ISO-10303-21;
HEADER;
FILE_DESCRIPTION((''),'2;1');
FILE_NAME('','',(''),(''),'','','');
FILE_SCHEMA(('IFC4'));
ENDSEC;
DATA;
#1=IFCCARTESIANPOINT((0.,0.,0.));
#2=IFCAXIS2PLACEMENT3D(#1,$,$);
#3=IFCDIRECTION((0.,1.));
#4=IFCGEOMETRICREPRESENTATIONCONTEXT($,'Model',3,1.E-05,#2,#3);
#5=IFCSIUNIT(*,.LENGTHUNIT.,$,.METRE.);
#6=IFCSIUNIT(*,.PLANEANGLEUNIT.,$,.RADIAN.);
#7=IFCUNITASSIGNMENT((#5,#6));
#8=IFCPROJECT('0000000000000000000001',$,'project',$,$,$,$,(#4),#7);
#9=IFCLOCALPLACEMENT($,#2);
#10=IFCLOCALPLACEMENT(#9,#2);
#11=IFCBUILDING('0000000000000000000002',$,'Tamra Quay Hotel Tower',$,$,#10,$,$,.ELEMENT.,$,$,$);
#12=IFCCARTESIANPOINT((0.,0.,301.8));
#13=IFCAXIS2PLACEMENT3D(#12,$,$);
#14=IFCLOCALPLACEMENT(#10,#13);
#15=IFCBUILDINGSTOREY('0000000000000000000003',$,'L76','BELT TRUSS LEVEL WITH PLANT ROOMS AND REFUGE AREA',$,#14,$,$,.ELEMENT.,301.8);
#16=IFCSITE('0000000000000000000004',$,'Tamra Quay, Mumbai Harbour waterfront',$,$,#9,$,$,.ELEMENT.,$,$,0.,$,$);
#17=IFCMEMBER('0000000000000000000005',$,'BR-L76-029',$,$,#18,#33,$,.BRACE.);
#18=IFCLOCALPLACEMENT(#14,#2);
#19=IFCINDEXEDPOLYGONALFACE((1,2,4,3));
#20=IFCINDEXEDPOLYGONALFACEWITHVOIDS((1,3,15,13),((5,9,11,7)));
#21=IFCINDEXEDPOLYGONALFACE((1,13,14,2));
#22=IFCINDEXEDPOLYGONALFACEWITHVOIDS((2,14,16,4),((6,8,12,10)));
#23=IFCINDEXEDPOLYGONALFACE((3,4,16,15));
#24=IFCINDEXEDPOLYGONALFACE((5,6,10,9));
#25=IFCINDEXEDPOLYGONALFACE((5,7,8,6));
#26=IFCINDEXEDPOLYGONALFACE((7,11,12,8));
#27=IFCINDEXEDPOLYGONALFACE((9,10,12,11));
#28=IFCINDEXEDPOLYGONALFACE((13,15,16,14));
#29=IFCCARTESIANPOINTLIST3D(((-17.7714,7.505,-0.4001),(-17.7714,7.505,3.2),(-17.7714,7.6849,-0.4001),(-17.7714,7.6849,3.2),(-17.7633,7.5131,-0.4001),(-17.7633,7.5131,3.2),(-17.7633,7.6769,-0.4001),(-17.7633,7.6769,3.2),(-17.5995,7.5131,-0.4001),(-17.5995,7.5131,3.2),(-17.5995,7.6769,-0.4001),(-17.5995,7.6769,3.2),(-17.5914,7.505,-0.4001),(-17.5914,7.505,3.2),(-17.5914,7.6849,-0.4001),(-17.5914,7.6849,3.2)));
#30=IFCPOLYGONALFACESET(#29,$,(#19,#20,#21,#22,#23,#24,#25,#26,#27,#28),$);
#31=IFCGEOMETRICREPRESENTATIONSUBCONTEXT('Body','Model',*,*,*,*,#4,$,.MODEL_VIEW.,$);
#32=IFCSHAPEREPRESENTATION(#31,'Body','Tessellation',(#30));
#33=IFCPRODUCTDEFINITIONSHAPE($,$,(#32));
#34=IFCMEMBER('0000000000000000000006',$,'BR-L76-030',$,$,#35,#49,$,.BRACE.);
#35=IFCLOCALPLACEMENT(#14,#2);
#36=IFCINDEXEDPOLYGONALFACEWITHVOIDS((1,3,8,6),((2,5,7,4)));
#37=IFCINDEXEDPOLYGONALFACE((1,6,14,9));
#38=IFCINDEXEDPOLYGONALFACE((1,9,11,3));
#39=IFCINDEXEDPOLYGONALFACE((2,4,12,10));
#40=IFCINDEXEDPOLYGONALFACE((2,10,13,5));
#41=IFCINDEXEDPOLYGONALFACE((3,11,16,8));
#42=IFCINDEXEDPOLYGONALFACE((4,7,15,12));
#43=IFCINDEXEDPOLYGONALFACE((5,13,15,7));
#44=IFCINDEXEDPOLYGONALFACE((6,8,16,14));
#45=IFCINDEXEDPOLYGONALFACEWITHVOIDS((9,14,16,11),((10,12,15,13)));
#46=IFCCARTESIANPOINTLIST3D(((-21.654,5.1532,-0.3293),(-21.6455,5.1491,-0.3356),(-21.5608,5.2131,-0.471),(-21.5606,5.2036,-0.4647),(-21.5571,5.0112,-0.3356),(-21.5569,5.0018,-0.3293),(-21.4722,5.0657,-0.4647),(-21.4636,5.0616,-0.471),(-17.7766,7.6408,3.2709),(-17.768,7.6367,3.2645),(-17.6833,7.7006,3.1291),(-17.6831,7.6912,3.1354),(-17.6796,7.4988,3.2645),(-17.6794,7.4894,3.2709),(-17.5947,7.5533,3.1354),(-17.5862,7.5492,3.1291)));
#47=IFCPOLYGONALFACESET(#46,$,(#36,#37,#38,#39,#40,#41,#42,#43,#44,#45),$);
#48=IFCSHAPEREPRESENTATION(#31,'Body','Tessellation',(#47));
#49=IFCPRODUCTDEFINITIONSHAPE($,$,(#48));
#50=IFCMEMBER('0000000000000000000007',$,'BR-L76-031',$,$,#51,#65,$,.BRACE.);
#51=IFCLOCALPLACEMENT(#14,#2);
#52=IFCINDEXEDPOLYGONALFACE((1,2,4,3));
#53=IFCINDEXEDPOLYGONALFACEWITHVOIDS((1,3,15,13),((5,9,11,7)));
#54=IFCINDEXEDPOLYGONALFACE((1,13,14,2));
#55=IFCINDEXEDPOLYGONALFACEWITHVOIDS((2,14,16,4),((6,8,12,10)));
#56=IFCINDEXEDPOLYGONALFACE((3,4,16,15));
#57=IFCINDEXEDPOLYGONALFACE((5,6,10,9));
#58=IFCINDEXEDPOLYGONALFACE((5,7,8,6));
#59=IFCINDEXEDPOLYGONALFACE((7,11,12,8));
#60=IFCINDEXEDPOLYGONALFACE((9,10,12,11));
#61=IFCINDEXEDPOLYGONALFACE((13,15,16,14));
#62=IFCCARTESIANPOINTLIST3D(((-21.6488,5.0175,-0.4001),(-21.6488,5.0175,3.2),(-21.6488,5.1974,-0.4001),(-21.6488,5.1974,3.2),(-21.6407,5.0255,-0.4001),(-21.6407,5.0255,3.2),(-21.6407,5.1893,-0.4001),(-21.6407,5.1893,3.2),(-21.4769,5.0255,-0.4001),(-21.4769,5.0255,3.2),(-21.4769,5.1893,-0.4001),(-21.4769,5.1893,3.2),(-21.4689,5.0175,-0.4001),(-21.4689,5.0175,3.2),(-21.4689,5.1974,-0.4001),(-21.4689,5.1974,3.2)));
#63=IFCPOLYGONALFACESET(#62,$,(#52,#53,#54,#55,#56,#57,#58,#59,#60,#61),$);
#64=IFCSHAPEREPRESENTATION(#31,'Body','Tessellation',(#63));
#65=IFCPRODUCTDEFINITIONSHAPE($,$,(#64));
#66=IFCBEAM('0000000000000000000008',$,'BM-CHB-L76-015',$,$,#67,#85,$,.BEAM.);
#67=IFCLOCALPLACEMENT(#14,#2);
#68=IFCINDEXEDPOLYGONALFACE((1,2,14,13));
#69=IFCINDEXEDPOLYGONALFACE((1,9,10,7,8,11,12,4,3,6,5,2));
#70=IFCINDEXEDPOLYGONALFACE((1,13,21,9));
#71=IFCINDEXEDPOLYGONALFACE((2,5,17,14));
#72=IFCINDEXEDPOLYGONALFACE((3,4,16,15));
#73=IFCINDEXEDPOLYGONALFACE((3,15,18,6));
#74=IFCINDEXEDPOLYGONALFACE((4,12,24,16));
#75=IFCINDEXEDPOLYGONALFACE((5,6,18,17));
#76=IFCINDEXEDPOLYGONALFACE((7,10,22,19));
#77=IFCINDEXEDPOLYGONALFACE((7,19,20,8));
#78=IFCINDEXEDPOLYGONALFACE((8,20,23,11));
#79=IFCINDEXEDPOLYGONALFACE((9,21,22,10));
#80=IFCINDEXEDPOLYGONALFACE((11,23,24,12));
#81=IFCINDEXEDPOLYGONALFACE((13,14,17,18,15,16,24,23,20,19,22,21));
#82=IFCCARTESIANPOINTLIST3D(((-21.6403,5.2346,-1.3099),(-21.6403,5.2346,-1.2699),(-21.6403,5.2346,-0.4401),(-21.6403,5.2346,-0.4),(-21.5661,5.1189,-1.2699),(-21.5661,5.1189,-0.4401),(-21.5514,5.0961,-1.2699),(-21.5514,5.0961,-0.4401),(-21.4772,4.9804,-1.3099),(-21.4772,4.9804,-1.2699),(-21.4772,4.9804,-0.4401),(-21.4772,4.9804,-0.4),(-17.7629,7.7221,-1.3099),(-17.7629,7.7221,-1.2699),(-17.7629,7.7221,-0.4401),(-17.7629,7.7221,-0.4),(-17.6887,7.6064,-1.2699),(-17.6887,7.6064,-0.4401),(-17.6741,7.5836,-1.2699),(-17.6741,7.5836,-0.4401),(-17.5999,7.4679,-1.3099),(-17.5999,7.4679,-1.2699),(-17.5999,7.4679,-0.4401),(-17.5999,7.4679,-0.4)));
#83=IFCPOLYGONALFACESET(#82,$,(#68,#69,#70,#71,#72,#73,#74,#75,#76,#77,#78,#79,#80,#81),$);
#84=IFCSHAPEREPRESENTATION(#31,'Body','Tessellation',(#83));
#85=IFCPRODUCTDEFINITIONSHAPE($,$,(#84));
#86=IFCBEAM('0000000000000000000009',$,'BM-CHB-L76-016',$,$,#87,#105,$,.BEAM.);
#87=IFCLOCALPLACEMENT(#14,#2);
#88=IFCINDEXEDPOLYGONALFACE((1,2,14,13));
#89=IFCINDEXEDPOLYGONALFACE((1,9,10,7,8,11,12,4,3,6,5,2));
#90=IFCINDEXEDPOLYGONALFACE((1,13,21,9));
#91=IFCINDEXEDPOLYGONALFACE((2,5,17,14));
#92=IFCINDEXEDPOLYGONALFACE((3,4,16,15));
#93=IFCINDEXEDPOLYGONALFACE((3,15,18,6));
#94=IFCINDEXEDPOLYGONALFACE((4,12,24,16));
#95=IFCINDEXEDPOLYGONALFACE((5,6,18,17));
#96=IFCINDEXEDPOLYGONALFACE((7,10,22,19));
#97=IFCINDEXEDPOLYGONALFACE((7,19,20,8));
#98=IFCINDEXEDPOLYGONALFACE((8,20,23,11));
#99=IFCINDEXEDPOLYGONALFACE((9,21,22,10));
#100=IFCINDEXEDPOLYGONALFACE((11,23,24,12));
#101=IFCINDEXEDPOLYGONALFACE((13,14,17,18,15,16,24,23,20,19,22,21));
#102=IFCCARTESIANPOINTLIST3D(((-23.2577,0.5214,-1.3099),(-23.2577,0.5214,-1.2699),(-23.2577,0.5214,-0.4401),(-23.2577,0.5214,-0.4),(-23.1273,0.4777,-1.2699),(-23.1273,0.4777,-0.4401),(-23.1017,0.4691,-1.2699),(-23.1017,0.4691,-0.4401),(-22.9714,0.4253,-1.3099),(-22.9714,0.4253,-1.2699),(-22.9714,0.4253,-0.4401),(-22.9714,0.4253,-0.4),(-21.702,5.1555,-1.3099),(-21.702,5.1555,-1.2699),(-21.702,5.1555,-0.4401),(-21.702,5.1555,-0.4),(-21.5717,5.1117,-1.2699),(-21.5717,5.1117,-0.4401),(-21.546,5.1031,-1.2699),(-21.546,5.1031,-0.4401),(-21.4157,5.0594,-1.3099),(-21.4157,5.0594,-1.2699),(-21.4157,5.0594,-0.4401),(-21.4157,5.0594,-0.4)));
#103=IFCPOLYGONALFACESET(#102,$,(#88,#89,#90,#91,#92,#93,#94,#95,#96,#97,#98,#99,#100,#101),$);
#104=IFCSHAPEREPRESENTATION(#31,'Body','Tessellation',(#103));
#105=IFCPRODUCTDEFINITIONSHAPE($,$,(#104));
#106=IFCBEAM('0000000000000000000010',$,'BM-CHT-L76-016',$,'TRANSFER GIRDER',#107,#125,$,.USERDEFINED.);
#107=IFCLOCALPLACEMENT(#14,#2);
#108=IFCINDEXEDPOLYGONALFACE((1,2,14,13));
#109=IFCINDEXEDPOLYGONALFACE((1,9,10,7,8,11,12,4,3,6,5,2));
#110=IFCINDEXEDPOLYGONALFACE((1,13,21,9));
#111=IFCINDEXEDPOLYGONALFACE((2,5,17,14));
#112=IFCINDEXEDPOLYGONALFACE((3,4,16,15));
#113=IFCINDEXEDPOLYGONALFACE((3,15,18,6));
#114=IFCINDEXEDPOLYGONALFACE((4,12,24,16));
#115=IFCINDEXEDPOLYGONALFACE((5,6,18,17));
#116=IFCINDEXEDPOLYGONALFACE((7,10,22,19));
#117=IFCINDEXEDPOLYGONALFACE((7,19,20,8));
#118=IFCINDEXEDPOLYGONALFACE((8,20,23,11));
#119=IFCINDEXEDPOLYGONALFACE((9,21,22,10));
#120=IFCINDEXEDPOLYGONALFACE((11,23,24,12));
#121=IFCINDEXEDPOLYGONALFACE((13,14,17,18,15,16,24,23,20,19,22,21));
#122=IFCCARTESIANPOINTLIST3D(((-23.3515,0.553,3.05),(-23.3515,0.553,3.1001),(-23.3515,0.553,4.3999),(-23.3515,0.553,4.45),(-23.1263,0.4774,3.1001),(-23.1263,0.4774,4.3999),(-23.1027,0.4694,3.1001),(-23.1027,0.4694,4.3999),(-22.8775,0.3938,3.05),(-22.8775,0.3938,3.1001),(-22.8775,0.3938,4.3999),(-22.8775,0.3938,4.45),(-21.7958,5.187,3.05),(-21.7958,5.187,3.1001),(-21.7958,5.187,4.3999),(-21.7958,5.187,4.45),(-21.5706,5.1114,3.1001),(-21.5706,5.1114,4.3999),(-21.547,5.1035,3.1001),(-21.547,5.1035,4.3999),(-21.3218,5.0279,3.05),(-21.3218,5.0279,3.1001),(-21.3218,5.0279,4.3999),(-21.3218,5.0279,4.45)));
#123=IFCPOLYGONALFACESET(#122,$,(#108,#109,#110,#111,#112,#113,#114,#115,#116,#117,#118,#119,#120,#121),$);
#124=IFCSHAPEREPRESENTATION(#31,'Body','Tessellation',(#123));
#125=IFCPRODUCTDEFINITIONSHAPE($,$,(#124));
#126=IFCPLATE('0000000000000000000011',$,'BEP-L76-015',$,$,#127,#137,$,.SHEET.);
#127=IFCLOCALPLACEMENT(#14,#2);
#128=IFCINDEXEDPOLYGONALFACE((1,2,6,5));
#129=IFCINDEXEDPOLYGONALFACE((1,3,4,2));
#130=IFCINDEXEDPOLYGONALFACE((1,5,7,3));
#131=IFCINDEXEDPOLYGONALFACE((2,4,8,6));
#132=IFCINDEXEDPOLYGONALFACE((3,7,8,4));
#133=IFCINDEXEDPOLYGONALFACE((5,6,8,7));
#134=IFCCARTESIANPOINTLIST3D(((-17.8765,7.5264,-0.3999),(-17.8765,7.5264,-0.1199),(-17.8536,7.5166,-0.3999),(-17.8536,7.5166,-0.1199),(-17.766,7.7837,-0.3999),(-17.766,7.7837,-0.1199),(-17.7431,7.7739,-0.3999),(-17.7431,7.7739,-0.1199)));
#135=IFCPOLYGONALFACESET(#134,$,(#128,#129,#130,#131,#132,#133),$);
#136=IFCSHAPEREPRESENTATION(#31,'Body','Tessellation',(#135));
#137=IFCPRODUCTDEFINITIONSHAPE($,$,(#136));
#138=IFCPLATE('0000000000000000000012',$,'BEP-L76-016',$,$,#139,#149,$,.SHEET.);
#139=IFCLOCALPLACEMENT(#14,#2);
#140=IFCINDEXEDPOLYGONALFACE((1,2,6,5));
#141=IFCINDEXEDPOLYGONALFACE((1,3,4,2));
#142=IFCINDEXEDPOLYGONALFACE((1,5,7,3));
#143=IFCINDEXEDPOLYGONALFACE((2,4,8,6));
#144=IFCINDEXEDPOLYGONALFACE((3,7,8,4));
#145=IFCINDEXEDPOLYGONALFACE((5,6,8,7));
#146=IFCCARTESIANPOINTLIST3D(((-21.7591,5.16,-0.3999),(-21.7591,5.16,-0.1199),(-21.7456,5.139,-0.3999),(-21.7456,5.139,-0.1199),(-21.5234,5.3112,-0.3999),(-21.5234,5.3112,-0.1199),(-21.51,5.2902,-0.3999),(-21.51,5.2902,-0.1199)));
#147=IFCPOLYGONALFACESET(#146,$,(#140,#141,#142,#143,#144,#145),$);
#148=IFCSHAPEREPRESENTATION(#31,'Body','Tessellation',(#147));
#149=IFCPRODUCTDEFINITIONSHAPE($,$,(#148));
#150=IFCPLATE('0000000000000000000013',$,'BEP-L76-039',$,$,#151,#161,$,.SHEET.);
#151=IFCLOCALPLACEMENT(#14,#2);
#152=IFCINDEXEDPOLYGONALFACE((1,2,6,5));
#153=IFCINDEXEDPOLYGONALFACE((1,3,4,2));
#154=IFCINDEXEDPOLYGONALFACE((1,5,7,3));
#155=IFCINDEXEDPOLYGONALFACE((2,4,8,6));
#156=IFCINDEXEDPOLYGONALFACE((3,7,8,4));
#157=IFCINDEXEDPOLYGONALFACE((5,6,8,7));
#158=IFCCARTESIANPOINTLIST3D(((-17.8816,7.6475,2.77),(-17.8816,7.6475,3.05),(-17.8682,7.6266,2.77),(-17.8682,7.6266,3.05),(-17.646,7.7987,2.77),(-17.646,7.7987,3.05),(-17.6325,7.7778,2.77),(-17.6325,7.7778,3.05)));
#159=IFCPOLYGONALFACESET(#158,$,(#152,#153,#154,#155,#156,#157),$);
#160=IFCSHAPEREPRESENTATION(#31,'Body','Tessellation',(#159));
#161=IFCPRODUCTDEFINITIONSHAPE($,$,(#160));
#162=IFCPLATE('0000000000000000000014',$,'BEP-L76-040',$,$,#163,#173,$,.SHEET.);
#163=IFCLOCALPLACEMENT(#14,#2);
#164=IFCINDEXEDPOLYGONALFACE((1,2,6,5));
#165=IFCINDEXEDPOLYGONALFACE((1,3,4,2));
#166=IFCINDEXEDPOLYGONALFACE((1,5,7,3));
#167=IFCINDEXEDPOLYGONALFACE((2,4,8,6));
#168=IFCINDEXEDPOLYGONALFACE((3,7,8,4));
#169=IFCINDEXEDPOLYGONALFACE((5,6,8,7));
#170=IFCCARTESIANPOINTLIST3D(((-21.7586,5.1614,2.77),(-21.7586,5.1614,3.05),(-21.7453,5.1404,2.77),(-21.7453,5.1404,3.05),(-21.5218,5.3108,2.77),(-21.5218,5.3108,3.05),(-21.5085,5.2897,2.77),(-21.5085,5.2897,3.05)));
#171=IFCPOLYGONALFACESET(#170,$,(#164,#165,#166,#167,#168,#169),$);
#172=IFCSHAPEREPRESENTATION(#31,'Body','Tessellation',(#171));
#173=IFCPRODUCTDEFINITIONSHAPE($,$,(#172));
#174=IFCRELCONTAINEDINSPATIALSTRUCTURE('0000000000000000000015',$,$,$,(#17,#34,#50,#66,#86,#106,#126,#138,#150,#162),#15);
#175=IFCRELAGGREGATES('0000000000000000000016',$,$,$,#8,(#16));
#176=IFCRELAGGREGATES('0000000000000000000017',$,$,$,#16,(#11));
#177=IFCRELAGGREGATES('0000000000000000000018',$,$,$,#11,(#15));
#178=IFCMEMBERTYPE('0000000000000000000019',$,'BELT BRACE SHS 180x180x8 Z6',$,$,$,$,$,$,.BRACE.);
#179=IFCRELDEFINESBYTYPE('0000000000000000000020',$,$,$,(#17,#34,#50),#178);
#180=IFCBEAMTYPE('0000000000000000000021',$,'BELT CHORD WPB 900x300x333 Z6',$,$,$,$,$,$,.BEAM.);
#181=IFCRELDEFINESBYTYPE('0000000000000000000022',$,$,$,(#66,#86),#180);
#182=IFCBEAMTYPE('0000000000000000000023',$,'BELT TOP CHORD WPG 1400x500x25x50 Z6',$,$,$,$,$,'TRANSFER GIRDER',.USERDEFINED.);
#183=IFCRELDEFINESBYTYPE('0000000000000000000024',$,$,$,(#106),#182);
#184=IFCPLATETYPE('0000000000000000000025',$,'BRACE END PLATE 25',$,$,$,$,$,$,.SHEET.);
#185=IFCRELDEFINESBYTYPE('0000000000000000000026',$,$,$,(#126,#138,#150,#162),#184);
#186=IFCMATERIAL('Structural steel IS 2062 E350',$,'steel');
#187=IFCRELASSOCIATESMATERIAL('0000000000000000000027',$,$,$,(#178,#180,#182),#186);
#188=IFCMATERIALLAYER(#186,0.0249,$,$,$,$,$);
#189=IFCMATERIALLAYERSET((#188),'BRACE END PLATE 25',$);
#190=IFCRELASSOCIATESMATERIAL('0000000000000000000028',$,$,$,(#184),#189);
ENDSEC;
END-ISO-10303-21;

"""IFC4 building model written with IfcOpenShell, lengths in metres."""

from ifc_helpers import new_model, si_unit, direction, frame, origin, origin_2d, place, context, subcontext, project, spatial, rectangle, hollow_rectangle, i_section, extrude, material, layer, layer_set, material_profile, profile_set, type_object, element, save


model = new_model("IFC4")

# Units and contexts
model_context = context("Model", 3, precision=1e-05, world=origin(), true_north=direction((0.0, 1.0)))
body_context = subcontext(model_context, "Body", "Model", "MODEL_VIEW")
ifc_project = project(units=[si_unit("LENGTHUNIT", "METRE"), si_unit("PLANEANGLEUNIT", "RADIAN")], contexts=[model_context])

# Site, building, storey
site_placement = place(None, origin())
site = spatial("IfcSite", under=ifc_project, at=site_placement, Name="Tamra Quay, Mumbai Harbour waterfront", CompositionType="ELEMENT", RefElevation=0.0)
building_placement = place(site_placement, origin())
building = spatial("IfcBuilding", under=site, at=building_placement, Name="Tamra Quay Hotel Tower", CompositionType="ELEMENT")
storey_placement = place(building_placement, frame((0.0, 0.0, 301.8)))
storey = spatial("IfcBuildingStorey", under=building, at=storey_placement, Name="L76", Description="BELT TRUSS LEVEL WITH PLANT ROOMS AND REFUGE AREA", CompositionType="ELEMENT", Elevation=301.8)

# Members
ifc_material_1 = material(Name="Structural steel IS 2062 E350", Category="steel")
ifc_material_profile_1 = material_profile(ifc_material_1, hollow_rectangle(XDim=0.1799, YDim=0.1799, WallThickness=0.0081, at=origin_2d()), Name="SHS 180x180x8")
ifc_profile_set_1 = profile_set([ifc_material_profile_1], Name="Structural steel IS 2062 E350")
member_type = type_object("IfcMemberType", Name="BELT BRACE SHS 180x180x8 Z6", PredefinedType="BRACE", material=ifc_profile_set_1)
member_1_placement = place(storey_placement, frame((-17.6814, 7.595, -0.4001), z_axis=(0.0, 0.0, 1.0), x_axis=(1.0, 0.0, 0.0)))
element("IfcMember", 1, at=member_1_placement, inside=storey, type_object=member_type, Name="BR-L76-029", PredefinedType="BRACE", context=body_context, shape_type="SweptSolid", body=[
    extrude(hollow_rectangle(XDim=0.1799, YDim=0.1799, WallThickness=0.0081, at=origin_2d()), origin(), (0.0, 0.0, 1.0), 3.6001),
])
member_2_placement = place(storey_placement, frame((-21.5588, 5.1074, -0.4001), z_axis=(0.663192, 0.425467, 0.615755), x_axis=(-0.539975, 0.841681, 0.0)))
element("IfcMember", 2, at=member_2_placement, inside=storey, type_object=member_type, Name="BR-L76-030", PredefinedType="BRACE", context=body_context, shape_type="SweptSolid", body=[
    extrude(hollow_rectangle(XDim=0.1799, YDim=0.1799, WallThickness=0.0081, at=origin_2d()), origin(), (0.0, 0.0, 1.0), 5.8467),
])
member_3_placement = place(storey_placement, frame((-21.5588, 5.1074, -0.4001), z_axis=(0.0, 0.0, 1.0), x_axis=(1.0, 0.0, 0.0)))
element("IfcMember", 3, at=member_3_placement, inside=storey, type_object=member_type, Name="BR-L76-031", PredefinedType="BRACE", context=body_context, shape_type="SweptSolid", body=[
    extrude(hollow_rectangle(XDim=0.1799, YDim=0.1799, WallThickness=0.0081, at=origin_2d()), origin(), (0.0, 0.0, 1.0), 3.6001),
])

# Beams
ifc_material_profile_2 = material_profile(ifc_material_1, i_section(OverallWidth=0.302, OverallDepth=0.9099, WebThickness=0.0271, FlangeThickness=0.04, at=origin_2d()), Name="WPB 900x300x333")
ifc_profile_set_2 = profile_set([ifc_material_profile_2], Name="Structural steel IS 2062 E350")
beam_type_1 = type_object("IfcBeamType", Name="BELT CHORD WPB 900x300x333 Z6", PredefinedType="BEAM", material=ifc_profile_set_2)
beam_1_placement = place(storey_placement, frame((-17.6814, 7.595, -0.855), z_axis=(-0.841681, -0.539975, 0.0), x_axis=(0.539975, -0.841681, 0.0)))
element("IfcBeam", 4, at=beam_1_placement, inside=storey, type_object=beam_type_1, Name="BM-CHB-L76-015", PredefinedType="BEAM", context=body_context, shape_type="SweptSolid", body=[
    extrude(i_section(OverallWidth=0.302, OverallDepth=0.9099, WebThickness=0.0271, FlangeThickness=0.04, at=origin_2d()), origin(), (0.0, 0.0, 1.0), 4.6067),
])
beam_2_placement = place(storey_placement, frame((-21.5588, 5.1074, -0.855), z_axis=(-0.31825, -0.948007, 0.0), x_axis=(0.948007, -0.31825, 0.0)))
element("IfcBeam", 5, at=beam_2_placement, inside=storey, type_object=beam_type_1, Name="BM-CHB-L76-016", PredefinedType="BEAM", context=body_context, shape_type="SweptSolid", body=[
    extrude(i_section(OverallWidth=0.302, OverallDepth=0.9099, WebThickness=0.0271, FlangeThickness=0.04, at=origin_2d()), origin(), (0.0, 0.0, 1.0), 4.8882),
])
ifc_material_profile_3 = material_profile(ifc_material_1, i_section(OverallWidth=0.5, OverallDepth=1.3999, WebThickness=0.0249, FlangeThickness=0.05, at=origin_2d()), Name="WPG 1400x500x25x50")
ifc_profile_set_3 = profile_set([ifc_material_profile_3], Name="Structural steel IS 2062 E350")
beam_type_2 = type_object("IfcBeamType", Name="BELT TOP CHORD WPG 1400x500x25x50 Z6", ElementType="TRANSFER GIRDER", PredefinedType="USERDEFINED", material=ifc_profile_set_3)
beam_3_placement = place(storey_placement, frame((-21.5588, 5.1074, 3.75), z_axis=(-0.31825, -0.948007, 0.0), x_axis=(0.948007, -0.31825, 0.0)))
element("IfcBeam", 6, at=beam_3_placement, inside=storey, type_object=beam_type_2, Name="BM-CHT-L76-016", ObjectType="TRANSFER GIRDER", PredefinedType="USERDEFINED", context=body_context, shape_type="SweptSolid", body=[
    extrude(i_section(OverallWidth=0.5, OverallDepth=1.3999, WebThickness=0.0249, FlangeThickness=0.05, at=origin_2d()), origin(), (0.0, 0.0, 1.0), 4.8882),
])

# Plates
ifc_layer_1 = layer(ifc_material_1, 0.0249)
ifc_layer_set_1 = layer_set([ifc_layer_1], Name="BRACE END PLATE 25")
plate_type = type_object("IfcPlateType", Name="BRACE END PLATE 25", PredefinedType="SHEET", material=ifc_layer_set_1)
for number, where, z_axis, x_axis, name in (
    (7, (-17.8098, 7.6501, -0.3999), (0.0, 0.0, 1.0), (-0.918821, 0.394675, 0.0), "BEP-L76-015"),
    (8, (-21.6345, 5.2251, -0.3999), (0.0, 0.0, 1.0), (-0.540002, 0.841663, 0.0), "BEP-L76-016"),
    (9, (-17.7571, 7.7126, 2.77), (0.0, 0.0, 1.0), (-0.540002, 0.841663, 0.0), "BEP-L76-039"),
    (10, (-21.6335, 5.2256, 2.77), (0.0, 0.0, 1.0), (-0.533421, 0.84585, 0.0), "BEP-L76-040"),
):
    element("IfcPlate", number, at=place(storey_placement, frame(where, z_axis=z_axis, x_axis=x_axis)), inside=storey, type_object=plate_type, Name=name, PredefinedType="SHEET", context=body_context, shape_type="SweptSolid", body=[
        extrude(rectangle(XDim=0.0249, YDim=0.28, at=origin_2d()), origin(), (0.0, 0.0, 1.0), 0.28),
    ])

save(model, "model.ifc")
